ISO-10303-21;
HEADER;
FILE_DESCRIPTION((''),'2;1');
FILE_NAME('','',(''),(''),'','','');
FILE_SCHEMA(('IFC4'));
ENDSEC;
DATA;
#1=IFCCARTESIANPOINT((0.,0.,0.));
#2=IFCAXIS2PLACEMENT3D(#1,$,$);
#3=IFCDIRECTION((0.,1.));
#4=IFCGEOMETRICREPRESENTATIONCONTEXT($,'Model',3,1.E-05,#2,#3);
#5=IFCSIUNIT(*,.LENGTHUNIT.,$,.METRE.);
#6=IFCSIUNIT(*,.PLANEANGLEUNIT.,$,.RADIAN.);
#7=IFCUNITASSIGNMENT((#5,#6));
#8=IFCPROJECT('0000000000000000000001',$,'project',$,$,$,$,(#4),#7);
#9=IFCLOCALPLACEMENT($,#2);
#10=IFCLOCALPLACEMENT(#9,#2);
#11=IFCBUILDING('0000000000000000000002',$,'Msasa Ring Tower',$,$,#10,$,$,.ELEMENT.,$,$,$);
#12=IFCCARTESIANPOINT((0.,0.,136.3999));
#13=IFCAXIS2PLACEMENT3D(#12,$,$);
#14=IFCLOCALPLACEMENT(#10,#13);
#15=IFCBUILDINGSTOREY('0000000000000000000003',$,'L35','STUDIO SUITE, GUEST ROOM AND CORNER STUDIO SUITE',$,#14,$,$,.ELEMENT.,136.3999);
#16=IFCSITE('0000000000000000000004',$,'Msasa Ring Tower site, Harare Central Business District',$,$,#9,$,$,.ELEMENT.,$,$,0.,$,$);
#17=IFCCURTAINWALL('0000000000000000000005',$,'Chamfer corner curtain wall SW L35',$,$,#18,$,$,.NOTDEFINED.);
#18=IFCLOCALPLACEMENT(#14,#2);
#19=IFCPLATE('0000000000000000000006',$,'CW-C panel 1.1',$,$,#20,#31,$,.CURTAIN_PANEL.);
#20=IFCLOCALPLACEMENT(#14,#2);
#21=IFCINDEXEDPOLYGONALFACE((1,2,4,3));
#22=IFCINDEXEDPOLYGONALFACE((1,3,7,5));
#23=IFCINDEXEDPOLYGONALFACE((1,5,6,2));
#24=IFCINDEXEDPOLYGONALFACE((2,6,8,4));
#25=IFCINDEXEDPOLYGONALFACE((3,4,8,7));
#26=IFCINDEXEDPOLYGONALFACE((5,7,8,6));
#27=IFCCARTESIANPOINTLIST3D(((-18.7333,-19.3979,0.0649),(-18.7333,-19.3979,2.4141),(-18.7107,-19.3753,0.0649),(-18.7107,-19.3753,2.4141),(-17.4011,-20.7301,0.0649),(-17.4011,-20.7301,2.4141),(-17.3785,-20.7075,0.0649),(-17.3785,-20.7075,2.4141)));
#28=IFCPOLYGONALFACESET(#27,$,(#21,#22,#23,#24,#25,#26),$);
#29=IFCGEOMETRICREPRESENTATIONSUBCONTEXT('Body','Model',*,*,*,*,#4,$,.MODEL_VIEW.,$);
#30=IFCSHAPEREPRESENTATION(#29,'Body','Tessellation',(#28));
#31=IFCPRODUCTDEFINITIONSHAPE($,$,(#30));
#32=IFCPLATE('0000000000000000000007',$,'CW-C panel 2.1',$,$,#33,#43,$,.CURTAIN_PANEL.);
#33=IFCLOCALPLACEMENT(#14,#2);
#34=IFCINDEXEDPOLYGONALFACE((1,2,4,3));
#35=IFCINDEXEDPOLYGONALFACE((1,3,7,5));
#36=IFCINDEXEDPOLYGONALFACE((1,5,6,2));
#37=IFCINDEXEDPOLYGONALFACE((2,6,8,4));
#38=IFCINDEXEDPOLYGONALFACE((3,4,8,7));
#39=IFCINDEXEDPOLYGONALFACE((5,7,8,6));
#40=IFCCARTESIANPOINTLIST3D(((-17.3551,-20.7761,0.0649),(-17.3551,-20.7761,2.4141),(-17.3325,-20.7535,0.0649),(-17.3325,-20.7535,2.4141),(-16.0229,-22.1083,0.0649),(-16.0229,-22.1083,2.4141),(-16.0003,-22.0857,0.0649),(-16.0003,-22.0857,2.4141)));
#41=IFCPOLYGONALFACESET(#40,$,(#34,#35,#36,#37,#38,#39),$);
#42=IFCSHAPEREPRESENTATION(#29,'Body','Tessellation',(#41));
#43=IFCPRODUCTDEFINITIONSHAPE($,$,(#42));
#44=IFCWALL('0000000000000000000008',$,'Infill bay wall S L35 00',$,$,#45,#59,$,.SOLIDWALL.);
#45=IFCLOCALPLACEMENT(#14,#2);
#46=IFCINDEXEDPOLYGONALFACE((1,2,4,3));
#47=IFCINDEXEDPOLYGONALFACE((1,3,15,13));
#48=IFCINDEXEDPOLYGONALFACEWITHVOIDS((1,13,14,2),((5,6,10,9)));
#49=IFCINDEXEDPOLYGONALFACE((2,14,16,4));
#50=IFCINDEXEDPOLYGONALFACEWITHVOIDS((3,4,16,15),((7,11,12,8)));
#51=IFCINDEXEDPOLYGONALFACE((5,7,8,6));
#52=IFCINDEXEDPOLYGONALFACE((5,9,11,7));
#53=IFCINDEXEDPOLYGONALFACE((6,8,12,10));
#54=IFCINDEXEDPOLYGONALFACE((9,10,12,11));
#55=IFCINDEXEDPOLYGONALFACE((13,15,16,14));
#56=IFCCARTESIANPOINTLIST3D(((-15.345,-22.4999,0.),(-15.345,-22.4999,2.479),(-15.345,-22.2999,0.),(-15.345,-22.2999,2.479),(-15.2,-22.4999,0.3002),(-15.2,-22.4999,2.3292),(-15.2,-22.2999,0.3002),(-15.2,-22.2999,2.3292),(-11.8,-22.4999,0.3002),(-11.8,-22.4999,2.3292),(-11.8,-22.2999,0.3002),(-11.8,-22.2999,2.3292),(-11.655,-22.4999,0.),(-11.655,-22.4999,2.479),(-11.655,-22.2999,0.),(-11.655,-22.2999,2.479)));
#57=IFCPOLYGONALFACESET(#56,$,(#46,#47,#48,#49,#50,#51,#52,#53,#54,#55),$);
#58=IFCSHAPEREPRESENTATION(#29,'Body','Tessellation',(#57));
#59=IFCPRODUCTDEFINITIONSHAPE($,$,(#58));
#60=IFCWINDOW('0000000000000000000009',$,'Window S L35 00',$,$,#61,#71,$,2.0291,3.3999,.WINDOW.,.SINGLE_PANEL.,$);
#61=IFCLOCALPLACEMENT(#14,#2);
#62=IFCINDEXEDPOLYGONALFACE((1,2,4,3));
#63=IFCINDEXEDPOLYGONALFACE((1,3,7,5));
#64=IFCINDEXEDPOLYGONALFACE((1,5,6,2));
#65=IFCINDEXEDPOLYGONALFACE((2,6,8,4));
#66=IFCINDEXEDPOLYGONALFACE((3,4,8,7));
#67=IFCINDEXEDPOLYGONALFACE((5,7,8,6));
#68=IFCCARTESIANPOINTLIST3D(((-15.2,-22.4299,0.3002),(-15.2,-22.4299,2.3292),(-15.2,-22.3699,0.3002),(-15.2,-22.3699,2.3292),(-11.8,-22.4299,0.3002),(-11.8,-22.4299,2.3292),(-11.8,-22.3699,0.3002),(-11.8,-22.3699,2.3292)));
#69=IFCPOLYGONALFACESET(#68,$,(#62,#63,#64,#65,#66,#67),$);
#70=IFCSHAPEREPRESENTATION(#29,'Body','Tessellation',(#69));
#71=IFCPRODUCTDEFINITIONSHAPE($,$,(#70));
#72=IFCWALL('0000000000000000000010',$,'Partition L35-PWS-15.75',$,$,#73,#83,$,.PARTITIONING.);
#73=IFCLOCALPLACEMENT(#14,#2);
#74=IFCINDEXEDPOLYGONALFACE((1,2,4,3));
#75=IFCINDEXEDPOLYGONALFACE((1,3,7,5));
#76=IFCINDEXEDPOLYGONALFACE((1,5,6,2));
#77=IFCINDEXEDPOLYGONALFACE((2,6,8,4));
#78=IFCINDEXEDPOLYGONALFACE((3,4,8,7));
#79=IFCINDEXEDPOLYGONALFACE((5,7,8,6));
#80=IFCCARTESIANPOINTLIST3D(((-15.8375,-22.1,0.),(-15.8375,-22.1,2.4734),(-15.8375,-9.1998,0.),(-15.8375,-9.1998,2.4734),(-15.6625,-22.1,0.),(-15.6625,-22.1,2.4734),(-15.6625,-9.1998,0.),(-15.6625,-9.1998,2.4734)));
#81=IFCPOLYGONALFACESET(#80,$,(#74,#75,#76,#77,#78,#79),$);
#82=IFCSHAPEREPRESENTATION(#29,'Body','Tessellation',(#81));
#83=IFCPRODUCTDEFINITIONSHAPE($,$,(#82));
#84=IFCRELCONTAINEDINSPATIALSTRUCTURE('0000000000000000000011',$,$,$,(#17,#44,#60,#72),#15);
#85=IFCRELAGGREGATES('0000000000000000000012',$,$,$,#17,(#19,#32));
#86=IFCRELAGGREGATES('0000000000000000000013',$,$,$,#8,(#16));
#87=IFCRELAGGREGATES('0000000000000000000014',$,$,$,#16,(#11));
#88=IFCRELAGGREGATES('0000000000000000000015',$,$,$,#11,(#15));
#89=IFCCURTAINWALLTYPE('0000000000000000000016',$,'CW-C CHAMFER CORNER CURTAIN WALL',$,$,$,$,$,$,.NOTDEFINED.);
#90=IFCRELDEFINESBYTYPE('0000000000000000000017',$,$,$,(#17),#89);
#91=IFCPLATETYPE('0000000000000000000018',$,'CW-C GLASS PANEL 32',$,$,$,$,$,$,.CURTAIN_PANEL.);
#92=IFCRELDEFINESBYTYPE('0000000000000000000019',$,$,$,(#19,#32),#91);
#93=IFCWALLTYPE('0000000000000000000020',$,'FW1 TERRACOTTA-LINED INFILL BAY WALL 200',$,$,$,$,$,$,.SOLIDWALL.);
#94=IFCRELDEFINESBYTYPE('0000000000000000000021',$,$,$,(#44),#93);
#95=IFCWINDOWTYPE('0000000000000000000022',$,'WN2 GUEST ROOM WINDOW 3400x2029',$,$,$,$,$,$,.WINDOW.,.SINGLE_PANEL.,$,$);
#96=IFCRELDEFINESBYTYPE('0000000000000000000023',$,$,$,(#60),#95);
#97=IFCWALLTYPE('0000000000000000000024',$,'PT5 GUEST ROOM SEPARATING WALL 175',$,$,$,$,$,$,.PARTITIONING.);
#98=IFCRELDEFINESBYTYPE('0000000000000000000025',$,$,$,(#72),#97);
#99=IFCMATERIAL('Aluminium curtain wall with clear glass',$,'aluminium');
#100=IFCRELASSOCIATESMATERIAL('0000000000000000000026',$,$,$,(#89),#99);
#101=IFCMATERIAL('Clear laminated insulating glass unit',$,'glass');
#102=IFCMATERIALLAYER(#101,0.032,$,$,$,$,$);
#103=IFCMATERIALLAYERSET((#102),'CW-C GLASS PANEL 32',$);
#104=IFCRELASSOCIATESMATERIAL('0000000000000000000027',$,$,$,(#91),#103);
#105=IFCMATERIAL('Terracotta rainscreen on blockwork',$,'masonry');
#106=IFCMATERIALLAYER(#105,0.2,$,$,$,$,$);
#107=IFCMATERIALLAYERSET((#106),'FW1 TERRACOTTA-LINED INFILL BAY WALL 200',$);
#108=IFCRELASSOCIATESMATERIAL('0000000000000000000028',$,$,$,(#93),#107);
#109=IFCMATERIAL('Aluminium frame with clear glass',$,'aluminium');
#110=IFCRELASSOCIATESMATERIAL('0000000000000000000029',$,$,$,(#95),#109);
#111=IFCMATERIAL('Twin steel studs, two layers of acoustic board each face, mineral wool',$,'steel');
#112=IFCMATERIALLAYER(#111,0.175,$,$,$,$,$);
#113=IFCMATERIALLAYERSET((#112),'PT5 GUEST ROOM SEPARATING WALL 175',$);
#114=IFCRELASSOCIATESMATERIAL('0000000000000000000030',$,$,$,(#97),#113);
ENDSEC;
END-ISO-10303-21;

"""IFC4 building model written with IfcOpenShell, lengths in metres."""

from ifc_helpers import new_model, si_unit, direction, frame, frame_2d, origin, origin_2d, place, context, subcontext, project, spatial, rectangle, extrude, material, layer, layer_set, type_object, element, fill, aggregate, save


model = new_model("IFC4")

# Units and contexts
model_context = context("Model", 3, precision=1e-05, world=origin(), true_north=direction((0.0, 1.0)))
body_context = subcontext(model_context, "Body", "Model", "MODEL_VIEW")
ifc_project = project(units=[si_unit("LENGTHUNIT", "METRE"), si_unit("PLANEANGLEUNIT", "RADIAN")], contexts=[model_context])

# Site, building, storey
site_placement = place(None, origin())
site = spatial("IfcSite", under=ifc_project, at=site_placement, Name="Msasa Ring Tower site, Harare Central Business District", CompositionType="ELEMENT", RefElevation=0.0)
building_placement = place(site_placement, origin())
building = spatial("IfcBuilding", under=site, at=building_placement, Name="Msasa Ring Tower", CompositionType="ELEMENT")
storey_placement = place(building_placement, frame((0.0, 0.0, 136.3999)))
storey = spatial("IfcBuildingStorey", under=building, at=storey_placement, Name="L35", Description="STUDIO SUITE, GUEST ROOM AND CORNER STUDIO SUITE", CompositionType="ELEMENT", Elevation=136.3999)

# Curtain wall
ifc_material_1 = material(Name="Aluminium curtain wall with clear glass", Category="aluminium")
curtain_wall_type = type_object("IfcCurtainWallType", Name="CW-C CHAMFER CORNER CURTAIN WALL", PredefinedType="NOTDEFINED", material=ifc_material_1)
curtain_wall_1_placement = place(storey_placement, origin())
curtain_wall_1 = element("IfcCurtainWall", 1, at=curtain_wall_1_placement, inside=storey, type_object=curtain_wall_type, Name="Chamfer corner curtain wall SW L35", PredefinedType="NOTDEFINED")

# Plates
ifc_material_2 = material(Name="Clear laminated insulating glass unit", Category="glass")
ifc_layer_1 = layer(ifc_material_2, 0.032)
ifc_layer_set_1 = layer_set([ifc_layer_1], Name="CW-C GLASS PANEL 32")
plate_type = type_object("IfcPlateType", Name="CW-C GLASS PANEL 32", PredefinedType="CURTAIN_PANEL", material=ifc_layer_set_1)
plate_1_placement = place(storey_placement, frame((-18.0559, -20.0527, 0.0649), z_axis=(0.0, 0.0, 1.0), x_axis=(0.707107, -0.707107, 0.0)))
plate_1 = element("IfcPlate", 2, at=plate_1_placement, type_object=plate_type, Name="CW-C panel 1.1", PredefinedType="CURTAIN_PANEL", context=body_context, shape_type="SweptSolid", body=[
    extrude(rectangle(XDim=1.884, YDim=0.032, at=origin_2d()), origin(), (0.0, 0.0, 1.0), 2.3491),
])
plate_2_placement = place(storey_placement, frame((-16.6777, -21.4309, 0.0649), z_axis=(0.0, 0.0, 1.0), x_axis=(0.707107, -0.707107, 0.0)))
plate_2 = element("IfcPlate", 3, at=plate_2_placement, type_object=plate_type, Name="CW-C panel 2.1", PredefinedType="CURTAIN_PANEL", context=body_context, shape_type="SweptSolid", body=[
    extrude(rectangle(XDim=1.884, YDim=0.032, at=origin_2d()), origin(), (0.0, 0.0, 1.0), 2.3491),
])
aggregate(curtain_wall_1, [plate_1, plate_2])

# Wall, opening, window
ifc_material_3 = material(Name="Terracotta rainscreen on blockwork", Category="masonry")
ifc_layer_2 = layer(ifc_material_3, 0.2)
ifc_layer_set_2 = layer_set([ifc_layer_2], Name="FW1 TERRACOTTA-LINED INFILL BAY WALL 200")
wall_type_1 = type_object("IfcWallType", Name="FW1 TERRACOTTA-LINED INFILL BAY WALL 200", PredefinedType="SOLIDWALL", material=ifc_layer_set_2)
wall_1_placement = place(storey_placement, frame((-15.345, -22.3999, 0.0), z_axis=(0.0, 0.0, 1.0), x_axis=(1.0, 0.0, 0.0)))
wall_1 = element("IfcWall", 4, at=wall_1_placement, inside=storey, type_object=wall_type_1, Name="Infill bay wall S L35 00", PredefinedType="SOLIDWALL", context=body_context, shape_type="SweptSolid", body=[
    extrude(rectangle(XDim=3.6899, YDim=0.2, at=frame_2d((1.845, 0.0))), origin(), (0.0, 0.0, 1.0), 2.479),
])
opening_placement = place(wall_1_placement, frame((0.145, 0.0, 0.3)))
opening = element("IfcOpeningElement", 5, at=opening_placement, cuts=wall_1, PredefinedType="OPENING", context=body_context, shape_type="SweptSolid", body=[
    extrude(rectangle(XDim=3.3999, YDim=2.0291, at=frame_2d((1.7, 1.0146))), frame((0.0, 0.1099, 0.0), z_axis=(0.0, -1.0, 0.0), x_axis=(1.0, 0.0, 0.0)), (0.0, 0.0, 1.0), 0.22),
])
ifc_material_4 = material(Name="Aluminium frame with clear glass", Category="aluminium")
window_type = type_object("IfcWindowType", Name="WN2 GUEST ROOM WINDOW 3400x2029", PartitioningType="SINGLE_PANEL", PredefinedType="WINDOW", material=ifc_material_4)
window_placement = place(opening_placement, origin())
window = element("IfcWindow", 6, at=window_placement, inside=storey, type_object=window_type, Name="Window S L35 00", OverallHeight=2.0291, OverallWidth=3.3999, PartitioningType="SINGLE_PANEL", PredefinedType="WINDOW", context=body_context, shape_type="SweptSolid", body=[
    extrude(rectangle(XDim=3.3999, YDim=2.0291, at=frame_2d((1.7, 1.0146))), frame((0.0, 0.03, 0.0), z_axis=(0.0, -1.0, 0.0), x_axis=(1.0, 0.0, 0.0)), (0.0, 0.0, 1.0), 0.0601),
])
fill(opening, window)

# Wall
ifc_material_5 = material(Name="Twin steel studs, two layers of acoustic board each face, mineral wool", Category="steel")
ifc_layer_3 = layer(ifc_material_5, 0.175)
ifc_layer_set_3 = layer_set([ifc_layer_3], Name="PT5 GUEST ROOM SEPARATING WALL 175")
wall_type_2 = type_object("IfcWallType", Name="PT5 GUEST ROOM SEPARATING WALL 175", PredefinedType="PARTITIONING", material=ifc_layer_set_3)
wall_2_placement = place(storey_placement, frame((-15.75, -22.1001, 0.0), z_axis=(0.0, 0.0, 1.0), x_axis=(0.0, 1.0, 0.0)))
element("IfcWall", 7, at=wall_2_placement, inside=storey, type_object=wall_type_2, Name="Partition L35-PWS-15.75", PredefinedType="PARTITIONING", context=body_context, shape_type="SweptSolid", body=[
    extrude(rectangle(XDim=12.9001, YDim=0.175, at=frame_2d((6.4502, 0.0))), origin(), (0.0, 0.0, 1.0), 2.4734),
])

save(model, "model.ifc")
